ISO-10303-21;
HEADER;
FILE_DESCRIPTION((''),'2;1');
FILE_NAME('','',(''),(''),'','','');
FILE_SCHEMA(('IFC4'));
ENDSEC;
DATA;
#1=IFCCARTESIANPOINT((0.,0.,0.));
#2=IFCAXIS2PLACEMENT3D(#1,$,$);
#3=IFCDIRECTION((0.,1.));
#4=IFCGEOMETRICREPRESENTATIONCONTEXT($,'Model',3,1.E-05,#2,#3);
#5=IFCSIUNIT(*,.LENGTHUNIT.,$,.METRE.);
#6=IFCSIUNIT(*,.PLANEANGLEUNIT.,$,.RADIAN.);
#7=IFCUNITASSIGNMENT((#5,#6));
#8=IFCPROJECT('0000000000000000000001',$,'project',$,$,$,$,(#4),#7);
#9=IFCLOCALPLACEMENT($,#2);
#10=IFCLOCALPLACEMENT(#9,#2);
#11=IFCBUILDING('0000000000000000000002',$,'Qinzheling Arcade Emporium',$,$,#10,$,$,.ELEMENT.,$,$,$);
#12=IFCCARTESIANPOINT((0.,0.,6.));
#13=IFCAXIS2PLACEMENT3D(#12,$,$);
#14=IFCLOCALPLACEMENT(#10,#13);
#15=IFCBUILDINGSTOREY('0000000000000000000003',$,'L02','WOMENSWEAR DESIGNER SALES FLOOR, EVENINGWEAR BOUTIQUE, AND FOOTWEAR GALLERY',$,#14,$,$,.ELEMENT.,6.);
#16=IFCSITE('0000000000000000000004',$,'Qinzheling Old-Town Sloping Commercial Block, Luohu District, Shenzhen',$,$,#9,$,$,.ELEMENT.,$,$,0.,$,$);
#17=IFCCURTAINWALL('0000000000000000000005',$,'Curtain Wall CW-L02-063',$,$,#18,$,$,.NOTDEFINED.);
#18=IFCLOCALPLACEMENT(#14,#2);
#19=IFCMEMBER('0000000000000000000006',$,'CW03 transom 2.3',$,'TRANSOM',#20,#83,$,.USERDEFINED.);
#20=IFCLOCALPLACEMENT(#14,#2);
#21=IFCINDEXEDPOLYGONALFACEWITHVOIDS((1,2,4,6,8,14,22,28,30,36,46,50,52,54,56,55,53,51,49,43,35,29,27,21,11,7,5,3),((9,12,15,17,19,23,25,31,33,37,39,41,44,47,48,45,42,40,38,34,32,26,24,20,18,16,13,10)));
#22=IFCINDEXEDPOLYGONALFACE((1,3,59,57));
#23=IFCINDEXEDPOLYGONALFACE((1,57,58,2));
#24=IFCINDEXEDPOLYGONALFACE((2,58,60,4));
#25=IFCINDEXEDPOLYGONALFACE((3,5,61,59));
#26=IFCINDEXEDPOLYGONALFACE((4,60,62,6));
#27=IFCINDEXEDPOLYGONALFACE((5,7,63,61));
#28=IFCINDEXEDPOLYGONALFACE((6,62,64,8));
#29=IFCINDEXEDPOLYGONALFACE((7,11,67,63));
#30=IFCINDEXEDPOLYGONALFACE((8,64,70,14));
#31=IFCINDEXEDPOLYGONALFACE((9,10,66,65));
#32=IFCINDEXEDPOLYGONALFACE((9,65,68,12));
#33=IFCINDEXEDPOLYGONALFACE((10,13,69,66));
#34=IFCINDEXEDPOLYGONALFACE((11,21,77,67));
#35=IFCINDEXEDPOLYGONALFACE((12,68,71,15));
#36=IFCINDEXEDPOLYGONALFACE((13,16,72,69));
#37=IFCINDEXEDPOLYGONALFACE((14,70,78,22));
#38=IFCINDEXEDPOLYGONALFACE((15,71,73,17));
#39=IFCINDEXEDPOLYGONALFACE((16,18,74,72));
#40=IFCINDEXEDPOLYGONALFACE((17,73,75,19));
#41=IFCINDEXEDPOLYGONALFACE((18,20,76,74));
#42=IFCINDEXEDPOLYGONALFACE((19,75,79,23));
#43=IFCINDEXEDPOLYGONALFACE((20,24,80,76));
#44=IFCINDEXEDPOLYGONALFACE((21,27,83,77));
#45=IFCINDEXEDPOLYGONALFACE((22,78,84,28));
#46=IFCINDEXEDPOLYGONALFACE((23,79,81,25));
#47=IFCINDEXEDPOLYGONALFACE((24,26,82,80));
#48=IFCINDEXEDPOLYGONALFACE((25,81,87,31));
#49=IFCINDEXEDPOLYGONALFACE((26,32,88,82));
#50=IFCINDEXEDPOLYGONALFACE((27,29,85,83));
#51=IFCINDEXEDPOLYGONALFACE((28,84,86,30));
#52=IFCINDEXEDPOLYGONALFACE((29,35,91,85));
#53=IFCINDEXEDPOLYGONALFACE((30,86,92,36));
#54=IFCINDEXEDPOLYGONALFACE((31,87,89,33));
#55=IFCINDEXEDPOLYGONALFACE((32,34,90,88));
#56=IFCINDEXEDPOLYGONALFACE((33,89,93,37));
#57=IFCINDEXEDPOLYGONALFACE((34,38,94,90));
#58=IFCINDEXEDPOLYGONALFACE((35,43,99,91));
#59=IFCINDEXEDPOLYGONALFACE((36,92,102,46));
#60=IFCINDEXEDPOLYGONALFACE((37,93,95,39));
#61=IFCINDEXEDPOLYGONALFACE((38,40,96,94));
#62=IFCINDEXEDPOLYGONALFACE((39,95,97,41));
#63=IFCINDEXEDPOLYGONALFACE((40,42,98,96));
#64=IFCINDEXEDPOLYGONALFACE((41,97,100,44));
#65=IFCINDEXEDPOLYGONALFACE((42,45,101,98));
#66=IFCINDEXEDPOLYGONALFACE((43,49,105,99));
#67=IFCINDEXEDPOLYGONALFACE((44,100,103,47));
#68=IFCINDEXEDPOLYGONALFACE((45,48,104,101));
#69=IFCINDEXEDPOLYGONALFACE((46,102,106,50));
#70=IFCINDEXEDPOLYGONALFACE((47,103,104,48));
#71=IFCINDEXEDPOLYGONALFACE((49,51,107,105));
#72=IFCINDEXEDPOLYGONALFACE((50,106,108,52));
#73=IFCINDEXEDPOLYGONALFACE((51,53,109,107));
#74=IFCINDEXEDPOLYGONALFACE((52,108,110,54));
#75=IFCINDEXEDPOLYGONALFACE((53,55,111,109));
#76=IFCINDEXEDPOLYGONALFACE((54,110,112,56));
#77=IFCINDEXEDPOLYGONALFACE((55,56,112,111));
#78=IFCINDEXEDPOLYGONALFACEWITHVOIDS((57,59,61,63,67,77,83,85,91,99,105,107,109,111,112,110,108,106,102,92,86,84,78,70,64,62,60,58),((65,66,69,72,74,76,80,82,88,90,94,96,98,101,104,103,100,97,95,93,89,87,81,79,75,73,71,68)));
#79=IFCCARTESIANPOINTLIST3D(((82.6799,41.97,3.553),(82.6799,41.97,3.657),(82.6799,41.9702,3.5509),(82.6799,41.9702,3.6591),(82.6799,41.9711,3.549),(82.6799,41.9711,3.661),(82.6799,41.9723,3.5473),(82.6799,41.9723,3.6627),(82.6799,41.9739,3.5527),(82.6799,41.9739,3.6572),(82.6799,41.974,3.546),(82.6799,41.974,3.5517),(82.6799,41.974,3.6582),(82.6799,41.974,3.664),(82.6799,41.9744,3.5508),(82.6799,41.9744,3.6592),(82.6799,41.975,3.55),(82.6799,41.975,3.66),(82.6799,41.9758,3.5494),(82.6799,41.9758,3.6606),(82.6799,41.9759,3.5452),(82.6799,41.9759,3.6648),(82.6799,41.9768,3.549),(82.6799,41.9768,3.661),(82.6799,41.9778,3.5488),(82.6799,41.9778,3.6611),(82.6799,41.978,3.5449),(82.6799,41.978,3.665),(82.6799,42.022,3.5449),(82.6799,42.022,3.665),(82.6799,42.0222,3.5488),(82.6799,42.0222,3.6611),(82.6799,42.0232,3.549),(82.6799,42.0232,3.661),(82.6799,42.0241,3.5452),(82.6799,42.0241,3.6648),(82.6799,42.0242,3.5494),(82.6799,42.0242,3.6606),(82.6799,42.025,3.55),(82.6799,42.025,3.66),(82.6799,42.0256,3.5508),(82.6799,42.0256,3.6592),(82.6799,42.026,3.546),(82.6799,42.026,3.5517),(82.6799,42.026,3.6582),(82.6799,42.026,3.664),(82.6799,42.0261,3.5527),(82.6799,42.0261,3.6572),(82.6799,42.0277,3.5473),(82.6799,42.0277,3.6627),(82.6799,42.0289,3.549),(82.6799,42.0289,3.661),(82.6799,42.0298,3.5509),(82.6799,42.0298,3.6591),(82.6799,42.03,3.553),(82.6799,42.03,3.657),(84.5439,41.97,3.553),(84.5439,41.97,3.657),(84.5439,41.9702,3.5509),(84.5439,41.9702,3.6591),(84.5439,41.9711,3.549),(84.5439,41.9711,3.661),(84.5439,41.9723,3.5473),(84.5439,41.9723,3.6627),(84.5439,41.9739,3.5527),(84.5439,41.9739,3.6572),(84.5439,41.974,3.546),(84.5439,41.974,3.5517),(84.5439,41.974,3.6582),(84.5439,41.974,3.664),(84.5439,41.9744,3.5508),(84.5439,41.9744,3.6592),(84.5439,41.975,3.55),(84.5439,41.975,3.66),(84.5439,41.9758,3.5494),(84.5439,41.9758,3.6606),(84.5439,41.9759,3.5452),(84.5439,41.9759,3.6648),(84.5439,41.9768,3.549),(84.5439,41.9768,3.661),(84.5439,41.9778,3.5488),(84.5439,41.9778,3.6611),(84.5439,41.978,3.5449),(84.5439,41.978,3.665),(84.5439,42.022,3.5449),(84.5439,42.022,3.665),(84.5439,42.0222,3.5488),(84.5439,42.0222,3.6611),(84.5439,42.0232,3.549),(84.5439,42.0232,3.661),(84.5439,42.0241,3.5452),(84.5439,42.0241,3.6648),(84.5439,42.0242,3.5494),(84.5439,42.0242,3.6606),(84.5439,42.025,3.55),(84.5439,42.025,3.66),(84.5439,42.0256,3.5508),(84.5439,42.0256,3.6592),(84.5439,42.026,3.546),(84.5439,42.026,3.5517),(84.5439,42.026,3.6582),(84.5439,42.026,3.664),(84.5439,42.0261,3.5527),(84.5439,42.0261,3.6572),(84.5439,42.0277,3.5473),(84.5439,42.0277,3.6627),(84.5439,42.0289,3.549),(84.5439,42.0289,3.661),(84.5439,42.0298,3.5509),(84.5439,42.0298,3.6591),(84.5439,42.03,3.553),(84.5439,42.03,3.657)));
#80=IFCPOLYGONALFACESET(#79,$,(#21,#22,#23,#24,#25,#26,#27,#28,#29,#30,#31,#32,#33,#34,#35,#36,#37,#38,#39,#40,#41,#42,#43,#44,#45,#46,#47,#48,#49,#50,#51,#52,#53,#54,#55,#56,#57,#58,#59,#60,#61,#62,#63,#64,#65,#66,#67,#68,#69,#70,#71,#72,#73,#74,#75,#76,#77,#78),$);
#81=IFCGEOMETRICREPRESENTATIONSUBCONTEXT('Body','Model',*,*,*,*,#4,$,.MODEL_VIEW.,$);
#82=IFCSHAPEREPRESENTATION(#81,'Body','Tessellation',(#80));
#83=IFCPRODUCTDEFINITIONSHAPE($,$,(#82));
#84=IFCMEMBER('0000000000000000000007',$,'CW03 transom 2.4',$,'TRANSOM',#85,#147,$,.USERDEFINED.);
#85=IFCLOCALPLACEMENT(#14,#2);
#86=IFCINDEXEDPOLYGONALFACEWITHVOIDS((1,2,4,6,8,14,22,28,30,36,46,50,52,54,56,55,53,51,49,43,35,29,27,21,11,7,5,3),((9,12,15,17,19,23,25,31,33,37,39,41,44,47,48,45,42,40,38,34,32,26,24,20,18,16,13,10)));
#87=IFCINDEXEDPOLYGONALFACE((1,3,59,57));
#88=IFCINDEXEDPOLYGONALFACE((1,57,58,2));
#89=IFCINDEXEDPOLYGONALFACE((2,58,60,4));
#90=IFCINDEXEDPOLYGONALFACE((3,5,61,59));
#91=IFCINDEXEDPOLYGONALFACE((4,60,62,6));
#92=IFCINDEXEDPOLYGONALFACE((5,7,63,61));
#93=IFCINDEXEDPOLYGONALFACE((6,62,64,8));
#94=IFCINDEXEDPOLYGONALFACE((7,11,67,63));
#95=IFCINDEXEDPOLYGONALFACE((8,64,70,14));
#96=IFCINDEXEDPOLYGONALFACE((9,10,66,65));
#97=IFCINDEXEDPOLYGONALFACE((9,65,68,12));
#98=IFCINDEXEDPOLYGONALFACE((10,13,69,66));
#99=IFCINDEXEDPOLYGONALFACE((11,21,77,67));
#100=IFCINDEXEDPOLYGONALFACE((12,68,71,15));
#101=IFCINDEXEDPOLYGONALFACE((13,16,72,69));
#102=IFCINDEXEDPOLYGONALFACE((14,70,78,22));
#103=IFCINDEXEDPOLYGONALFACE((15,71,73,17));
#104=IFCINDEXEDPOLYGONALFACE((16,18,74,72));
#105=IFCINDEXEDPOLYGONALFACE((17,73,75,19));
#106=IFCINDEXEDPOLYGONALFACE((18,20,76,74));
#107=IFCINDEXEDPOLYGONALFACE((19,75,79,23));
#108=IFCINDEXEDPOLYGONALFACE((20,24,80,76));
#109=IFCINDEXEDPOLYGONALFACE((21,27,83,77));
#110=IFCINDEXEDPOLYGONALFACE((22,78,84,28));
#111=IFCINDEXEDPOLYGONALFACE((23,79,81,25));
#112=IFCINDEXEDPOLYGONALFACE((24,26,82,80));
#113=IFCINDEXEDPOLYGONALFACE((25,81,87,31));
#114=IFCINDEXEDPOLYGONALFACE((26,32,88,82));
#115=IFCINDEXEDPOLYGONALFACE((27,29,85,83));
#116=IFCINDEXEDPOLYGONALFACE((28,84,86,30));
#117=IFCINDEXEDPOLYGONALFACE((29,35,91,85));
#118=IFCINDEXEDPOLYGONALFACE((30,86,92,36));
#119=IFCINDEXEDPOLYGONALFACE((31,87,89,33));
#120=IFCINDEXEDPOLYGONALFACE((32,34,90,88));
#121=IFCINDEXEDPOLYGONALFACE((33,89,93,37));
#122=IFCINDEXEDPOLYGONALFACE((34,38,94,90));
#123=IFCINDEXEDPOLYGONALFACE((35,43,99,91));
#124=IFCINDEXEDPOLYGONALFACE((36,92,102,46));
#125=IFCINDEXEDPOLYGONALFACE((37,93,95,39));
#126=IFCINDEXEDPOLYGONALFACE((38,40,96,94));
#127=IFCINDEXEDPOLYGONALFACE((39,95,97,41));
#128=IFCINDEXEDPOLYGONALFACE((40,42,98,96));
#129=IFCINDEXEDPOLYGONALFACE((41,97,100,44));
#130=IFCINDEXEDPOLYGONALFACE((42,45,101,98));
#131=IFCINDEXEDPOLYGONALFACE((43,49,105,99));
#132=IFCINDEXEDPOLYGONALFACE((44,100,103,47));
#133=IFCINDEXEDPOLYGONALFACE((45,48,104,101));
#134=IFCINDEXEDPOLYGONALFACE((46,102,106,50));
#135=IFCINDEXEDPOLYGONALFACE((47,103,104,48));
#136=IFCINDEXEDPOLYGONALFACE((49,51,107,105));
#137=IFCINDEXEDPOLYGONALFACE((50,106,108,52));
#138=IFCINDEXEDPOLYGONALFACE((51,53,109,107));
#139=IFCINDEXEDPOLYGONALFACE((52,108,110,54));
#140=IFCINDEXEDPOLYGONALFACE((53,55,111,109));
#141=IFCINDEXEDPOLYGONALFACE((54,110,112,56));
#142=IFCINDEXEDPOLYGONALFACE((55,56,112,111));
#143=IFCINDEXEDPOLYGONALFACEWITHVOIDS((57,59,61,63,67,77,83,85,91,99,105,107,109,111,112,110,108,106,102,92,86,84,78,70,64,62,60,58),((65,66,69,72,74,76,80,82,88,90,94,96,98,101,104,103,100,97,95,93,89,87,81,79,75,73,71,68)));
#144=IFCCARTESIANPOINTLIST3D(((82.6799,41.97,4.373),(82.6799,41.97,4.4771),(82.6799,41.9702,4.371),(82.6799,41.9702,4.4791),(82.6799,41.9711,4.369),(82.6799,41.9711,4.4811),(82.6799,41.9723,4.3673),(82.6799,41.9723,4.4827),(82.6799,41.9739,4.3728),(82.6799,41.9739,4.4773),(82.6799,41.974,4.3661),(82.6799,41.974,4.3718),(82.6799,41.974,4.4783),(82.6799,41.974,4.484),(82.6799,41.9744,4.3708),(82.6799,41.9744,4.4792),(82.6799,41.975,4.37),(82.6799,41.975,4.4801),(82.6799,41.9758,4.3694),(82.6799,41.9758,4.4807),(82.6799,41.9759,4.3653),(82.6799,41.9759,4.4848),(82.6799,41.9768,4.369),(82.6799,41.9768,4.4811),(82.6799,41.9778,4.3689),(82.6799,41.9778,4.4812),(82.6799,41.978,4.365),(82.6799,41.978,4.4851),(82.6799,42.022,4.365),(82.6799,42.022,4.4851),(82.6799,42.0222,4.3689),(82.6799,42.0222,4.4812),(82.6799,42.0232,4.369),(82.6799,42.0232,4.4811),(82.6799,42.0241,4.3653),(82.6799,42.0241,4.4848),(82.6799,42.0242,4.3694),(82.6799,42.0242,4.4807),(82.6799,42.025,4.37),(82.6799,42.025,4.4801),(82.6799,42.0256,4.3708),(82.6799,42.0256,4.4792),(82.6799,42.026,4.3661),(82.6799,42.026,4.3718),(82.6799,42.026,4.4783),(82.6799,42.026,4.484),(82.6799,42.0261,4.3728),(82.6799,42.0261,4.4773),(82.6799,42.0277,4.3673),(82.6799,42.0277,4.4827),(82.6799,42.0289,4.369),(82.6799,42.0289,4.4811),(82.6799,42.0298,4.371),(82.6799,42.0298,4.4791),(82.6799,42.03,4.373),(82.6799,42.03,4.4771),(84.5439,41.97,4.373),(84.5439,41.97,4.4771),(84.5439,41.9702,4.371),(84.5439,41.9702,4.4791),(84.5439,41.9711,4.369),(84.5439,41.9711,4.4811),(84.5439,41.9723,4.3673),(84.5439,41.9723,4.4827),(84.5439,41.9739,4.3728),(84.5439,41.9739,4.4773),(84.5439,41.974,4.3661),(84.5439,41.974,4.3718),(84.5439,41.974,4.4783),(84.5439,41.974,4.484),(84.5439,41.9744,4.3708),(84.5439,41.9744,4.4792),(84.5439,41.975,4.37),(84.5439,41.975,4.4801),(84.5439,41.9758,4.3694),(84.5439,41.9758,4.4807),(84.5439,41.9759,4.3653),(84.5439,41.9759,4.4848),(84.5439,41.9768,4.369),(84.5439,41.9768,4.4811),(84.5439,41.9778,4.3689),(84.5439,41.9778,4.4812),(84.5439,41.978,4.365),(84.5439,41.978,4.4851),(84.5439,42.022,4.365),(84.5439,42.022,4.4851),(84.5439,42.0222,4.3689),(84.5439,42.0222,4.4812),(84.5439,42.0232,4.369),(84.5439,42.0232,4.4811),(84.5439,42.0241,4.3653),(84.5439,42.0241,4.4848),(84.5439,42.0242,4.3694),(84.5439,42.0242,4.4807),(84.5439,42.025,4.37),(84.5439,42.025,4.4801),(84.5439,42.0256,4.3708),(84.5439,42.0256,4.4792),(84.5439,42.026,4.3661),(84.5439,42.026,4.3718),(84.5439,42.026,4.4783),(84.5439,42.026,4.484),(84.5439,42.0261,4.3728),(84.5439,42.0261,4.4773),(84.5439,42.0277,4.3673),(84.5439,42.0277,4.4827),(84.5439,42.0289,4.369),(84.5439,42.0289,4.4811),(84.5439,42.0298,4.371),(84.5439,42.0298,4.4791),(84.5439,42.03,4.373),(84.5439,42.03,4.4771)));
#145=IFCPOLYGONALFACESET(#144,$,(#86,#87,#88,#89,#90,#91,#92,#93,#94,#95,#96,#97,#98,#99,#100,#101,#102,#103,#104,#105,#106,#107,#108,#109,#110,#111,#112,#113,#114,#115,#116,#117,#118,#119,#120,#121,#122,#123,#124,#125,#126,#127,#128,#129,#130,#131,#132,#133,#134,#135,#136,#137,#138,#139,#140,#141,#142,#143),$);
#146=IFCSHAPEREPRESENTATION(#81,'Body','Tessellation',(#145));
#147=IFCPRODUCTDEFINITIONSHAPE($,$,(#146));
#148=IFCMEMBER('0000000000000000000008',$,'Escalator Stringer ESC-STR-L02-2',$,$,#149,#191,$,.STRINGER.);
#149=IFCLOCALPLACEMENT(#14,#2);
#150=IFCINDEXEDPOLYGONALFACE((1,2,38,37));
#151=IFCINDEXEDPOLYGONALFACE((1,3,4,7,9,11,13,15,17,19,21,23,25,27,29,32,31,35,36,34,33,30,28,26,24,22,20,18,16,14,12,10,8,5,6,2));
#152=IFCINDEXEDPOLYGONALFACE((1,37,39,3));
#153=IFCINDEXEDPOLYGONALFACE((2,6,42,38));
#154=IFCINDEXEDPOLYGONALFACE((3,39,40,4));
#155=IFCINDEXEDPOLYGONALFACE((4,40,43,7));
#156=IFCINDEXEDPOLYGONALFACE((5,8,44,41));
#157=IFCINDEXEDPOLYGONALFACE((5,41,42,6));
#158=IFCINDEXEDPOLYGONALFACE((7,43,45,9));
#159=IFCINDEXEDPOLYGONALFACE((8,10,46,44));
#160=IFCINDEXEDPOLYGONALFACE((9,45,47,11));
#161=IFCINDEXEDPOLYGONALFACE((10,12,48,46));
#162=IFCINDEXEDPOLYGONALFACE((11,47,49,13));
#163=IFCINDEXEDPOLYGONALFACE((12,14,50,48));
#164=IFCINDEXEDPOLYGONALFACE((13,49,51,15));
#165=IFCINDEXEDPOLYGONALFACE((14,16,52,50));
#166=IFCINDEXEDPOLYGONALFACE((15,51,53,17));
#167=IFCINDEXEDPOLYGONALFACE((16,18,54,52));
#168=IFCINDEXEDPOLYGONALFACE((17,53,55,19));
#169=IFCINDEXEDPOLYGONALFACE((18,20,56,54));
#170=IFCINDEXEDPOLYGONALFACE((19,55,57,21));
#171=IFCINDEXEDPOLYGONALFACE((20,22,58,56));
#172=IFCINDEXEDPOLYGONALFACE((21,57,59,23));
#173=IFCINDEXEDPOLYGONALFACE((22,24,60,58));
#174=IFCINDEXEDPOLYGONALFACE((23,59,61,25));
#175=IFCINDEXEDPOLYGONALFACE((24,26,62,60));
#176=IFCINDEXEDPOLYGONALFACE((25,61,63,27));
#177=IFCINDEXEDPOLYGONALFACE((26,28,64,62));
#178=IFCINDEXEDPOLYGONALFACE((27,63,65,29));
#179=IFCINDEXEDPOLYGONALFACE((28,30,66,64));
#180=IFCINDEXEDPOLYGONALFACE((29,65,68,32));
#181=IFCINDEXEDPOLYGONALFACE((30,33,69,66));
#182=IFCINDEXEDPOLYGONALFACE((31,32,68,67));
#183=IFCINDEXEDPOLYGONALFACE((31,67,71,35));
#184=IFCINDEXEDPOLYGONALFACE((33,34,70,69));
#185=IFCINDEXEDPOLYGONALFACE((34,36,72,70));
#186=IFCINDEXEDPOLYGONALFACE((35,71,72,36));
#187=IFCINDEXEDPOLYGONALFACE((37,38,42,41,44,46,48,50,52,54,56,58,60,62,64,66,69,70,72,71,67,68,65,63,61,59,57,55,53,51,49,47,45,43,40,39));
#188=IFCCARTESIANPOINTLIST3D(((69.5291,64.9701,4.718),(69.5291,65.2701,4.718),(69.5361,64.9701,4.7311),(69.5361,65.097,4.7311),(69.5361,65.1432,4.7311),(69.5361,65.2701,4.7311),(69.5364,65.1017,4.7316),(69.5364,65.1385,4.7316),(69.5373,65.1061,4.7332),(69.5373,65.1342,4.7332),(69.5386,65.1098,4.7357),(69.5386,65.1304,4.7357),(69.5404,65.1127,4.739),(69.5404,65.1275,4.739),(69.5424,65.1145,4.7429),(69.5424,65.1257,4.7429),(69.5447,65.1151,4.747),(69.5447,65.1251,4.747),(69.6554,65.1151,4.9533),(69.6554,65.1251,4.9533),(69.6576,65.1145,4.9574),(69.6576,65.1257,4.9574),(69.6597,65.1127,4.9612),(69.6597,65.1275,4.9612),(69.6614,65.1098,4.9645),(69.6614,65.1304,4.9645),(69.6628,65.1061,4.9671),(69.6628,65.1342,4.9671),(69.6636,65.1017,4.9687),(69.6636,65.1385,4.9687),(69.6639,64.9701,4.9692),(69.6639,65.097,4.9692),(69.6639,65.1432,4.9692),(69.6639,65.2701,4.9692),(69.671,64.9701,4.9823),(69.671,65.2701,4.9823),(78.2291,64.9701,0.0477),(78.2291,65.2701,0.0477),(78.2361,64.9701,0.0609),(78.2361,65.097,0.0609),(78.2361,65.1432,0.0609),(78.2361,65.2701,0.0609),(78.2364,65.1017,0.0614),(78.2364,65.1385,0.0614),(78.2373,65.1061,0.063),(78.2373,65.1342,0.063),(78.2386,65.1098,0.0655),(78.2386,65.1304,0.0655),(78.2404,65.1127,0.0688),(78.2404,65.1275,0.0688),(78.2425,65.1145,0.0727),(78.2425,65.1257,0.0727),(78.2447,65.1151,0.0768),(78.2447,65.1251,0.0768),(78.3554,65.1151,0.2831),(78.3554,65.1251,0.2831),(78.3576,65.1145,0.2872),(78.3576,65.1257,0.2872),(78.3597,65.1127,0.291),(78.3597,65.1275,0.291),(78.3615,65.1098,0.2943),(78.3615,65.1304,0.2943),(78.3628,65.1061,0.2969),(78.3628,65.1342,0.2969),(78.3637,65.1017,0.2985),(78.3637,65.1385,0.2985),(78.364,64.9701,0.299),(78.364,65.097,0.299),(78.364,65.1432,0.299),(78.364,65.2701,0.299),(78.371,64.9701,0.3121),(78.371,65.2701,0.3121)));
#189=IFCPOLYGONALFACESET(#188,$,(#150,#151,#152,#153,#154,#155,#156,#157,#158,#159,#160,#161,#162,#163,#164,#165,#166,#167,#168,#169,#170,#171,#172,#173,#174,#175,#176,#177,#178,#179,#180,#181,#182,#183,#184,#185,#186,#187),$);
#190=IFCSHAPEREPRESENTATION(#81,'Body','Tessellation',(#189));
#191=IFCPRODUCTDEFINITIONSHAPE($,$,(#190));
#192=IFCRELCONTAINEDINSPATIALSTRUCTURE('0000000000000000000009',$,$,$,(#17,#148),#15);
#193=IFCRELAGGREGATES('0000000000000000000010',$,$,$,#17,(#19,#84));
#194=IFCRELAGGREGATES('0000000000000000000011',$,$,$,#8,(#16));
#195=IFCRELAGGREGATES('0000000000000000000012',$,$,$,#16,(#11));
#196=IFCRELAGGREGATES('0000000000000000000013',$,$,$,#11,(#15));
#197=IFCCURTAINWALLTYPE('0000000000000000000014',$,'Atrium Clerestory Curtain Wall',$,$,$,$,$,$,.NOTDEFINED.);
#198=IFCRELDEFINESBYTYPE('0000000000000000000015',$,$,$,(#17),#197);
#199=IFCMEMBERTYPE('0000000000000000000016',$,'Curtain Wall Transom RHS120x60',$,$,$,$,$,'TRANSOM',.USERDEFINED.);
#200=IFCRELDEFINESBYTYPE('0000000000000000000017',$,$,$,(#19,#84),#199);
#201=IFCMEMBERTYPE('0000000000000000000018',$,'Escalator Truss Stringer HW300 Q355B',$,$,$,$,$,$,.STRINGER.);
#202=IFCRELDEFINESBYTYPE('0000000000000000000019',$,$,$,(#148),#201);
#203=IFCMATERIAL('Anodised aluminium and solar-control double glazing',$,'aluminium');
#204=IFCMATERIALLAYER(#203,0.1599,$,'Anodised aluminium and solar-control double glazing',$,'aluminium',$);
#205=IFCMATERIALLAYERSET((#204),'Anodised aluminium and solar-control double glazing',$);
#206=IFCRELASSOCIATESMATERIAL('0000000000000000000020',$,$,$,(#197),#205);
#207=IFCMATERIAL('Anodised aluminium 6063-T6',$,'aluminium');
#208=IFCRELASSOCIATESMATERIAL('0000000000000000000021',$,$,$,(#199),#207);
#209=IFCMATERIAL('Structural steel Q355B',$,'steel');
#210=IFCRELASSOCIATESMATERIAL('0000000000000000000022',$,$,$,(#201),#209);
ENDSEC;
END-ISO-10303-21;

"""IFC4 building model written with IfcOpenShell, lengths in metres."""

from ifc_helpers import new_model, si_unit, direction, frame, origin, origin_2d, place, context, subcontext, project, spatial, hollow_rectangle, i_section, extrude, material, layer, layer_set, material_profile, profile_set, type_object, element, aggregate, save


model = new_model("IFC4")

# Units and contexts
model_context = context("Model", 3, precision=1e-05, world=origin(), true_north=direction((0.0, 1.0)))
body_context = subcontext(model_context, "Body", "Model", "MODEL_VIEW")
ifc_project = project(units=[si_unit("LENGTHUNIT", "METRE"), si_unit("PLANEANGLEUNIT", "RADIAN")], contexts=[model_context])

# Site, building, storey
site_placement = place(None, origin())
site = spatial("IfcSite", under=ifc_project, at=site_placement, Name="Qinzheling Old-Town Sloping Commercial Block, Luohu District, Shenzhen", CompositionType="ELEMENT", RefElevation=0.0)
building_placement = place(site_placement, origin())
building = spatial("IfcBuilding", under=site, at=building_placement, Name="Qinzheling Arcade Emporium", CompositionType="ELEMENT")
storey_placement = place(building_placement, frame((0.0, 0.0, 6.0)))
storey = spatial("IfcBuildingStorey", under=building, at=storey_placement, Name="L02", Description="WOMENSWEAR DESIGNER SALES FLOOR, EVENINGWEAR BOUTIQUE, AND FOOTWEAR GALLERY", CompositionType="ELEMENT", Elevation=6.0)

# Curtain wall, members
ifc_material_1 = material(Name="Anodised aluminium and solar-control double glazing", Category="aluminium")
ifc_layer_1 = layer(ifc_material_1, 0.1599, Name="Anodised aluminium and solar-control double glazing", Category="aluminium")
ifc_layer_set_1 = layer_set([ifc_layer_1], Name="Anodised aluminium and solar-control double glazing")
curtain_wall_type = type_object("IfcCurtainWallType", Name="Atrium Clerestory Curtain Wall", PredefinedType="NOTDEFINED", material=ifc_layer_set_1)
curtain_wall_placement = place(storey_placement, origin())
curtain_wall = element("IfcCurtainWall", 1, at=curtain_wall_placement, inside=storey, type_object=curtain_wall_type, Name="Curtain Wall CW-L02-063", PredefinedType="NOTDEFINED")
ifc_material_2 = material(Name="Anodised aluminium 6063-T6", Category="aluminium")
ifc_material_profile_1 = material_profile(ifc_material_2, hollow_rectangle(XDim=0.0601, YDim=0.1201, WallThickness=0.0039, InnerFilletRadius=0.0039, OuterFilletRadius=0.0081, at=origin_2d()), Name="RHS 120x60x4", Category="aluminium")
ifc_profile_set_1 = profile_set([ifc_material_profile_1], Name="Anodised aluminium 6063-T6")
member_type_1 = type_object("IfcMemberType", Name="Curtain Wall Transom RHS120x60", ElementType="TRANSOM", PredefinedType="USERDEFINED", material=ifc_profile_set_1)
member_1_placement = place(storey_placement, frame((84.5439, 42.0, 3.605), z_axis=(-1.0, 0.0, 0.0), x_axis=(0.0, -1.0, 0.0)))
member_1 = element("IfcMember", 2, at=member_1_placement, type_object=member_type_1, Name="CW03 transom 2.3", ObjectType="TRANSOM", PredefinedType="USERDEFINED", context=body_context, shape_type="SweptSolid", body=[
    extrude(hollow_rectangle(XDim=0.0601, YDim=0.1201, WallThickness=0.0039, InnerFilletRadius=0.0039, OuterFilletRadius=0.0081, at=origin_2d()), origin(), (0.0, 0.0, 1.0), 1.864),
])
member_2_placement = place(storey_placement, frame((84.5439, 42.0, 4.425), z_axis=(-1.0, 0.0, 0.0), x_axis=(0.0, -1.0, 0.0)))
member_2 = element("IfcMember", 3, at=member_2_placement, type_object=member_type_1, Name="CW03 transom 2.4", ObjectType="TRANSOM", PredefinedType="USERDEFINED", context=body_context, shape_type="SweptSolid", body=[
    extrude(hollow_rectangle(XDim=0.0601, YDim=0.1201, WallThickness=0.0039, InnerFilletRadius=0.0039, OuterFilletRadius=0.0081, at=origin_2d()), origin(), (0.0, 0.0, 1.0), 1.864),
])

# Member
ifc_material_3 = material(Name="Structural steel Q355B", Category="steel")
ifc_material_profile_2 = material_profile(ifc_material_3, i_section(OverallWidth=0.3, OverallDepth=0.3, WebThickness=0.01, FlangeThickness=0.0149, FilletRadius=0.0181, at=origin_2d()), Name="HW 300x300x10x15", Category="steel")
ifc_profile_set_2 = profile_set([ifc_material_profile_2], Name="Structural steel Q355B")
member_type_2 = type_object("IfcMemberType", Name="Escalator Truss Stringer HW300 Q355B", PredefinedType="STRINGER", material=ifc_profile_set_2)
member_3_placement = place(storey_placement, frame((78.3, 65.1201, 0.1799), z_axis=(-0.88108, 0.0, 0.472967), x_axis=(0.0, -1.0, 0.0)))
element("IfcMember", 4, at=member_3_placement, inside=storey, type_object=member_type_2, Name="Escalator Stringer ESC-STR-L02-2", PredefinedType="STRINGER", context=body_context, shape_type="SweptSolid", body=[
    extrude(i_section(OverallWidth=0.3, OverallDepth=0.3, WebThickness=0.01, FlangeThickness=0.0149, FilletRadius=0.0181, at=origin_2d()), origin(), (0.0, 0.0, 1.0), 9.8743),
])

aggregate(curtain_wall, [member_1, member_2])

save(model, "model.ifc")
